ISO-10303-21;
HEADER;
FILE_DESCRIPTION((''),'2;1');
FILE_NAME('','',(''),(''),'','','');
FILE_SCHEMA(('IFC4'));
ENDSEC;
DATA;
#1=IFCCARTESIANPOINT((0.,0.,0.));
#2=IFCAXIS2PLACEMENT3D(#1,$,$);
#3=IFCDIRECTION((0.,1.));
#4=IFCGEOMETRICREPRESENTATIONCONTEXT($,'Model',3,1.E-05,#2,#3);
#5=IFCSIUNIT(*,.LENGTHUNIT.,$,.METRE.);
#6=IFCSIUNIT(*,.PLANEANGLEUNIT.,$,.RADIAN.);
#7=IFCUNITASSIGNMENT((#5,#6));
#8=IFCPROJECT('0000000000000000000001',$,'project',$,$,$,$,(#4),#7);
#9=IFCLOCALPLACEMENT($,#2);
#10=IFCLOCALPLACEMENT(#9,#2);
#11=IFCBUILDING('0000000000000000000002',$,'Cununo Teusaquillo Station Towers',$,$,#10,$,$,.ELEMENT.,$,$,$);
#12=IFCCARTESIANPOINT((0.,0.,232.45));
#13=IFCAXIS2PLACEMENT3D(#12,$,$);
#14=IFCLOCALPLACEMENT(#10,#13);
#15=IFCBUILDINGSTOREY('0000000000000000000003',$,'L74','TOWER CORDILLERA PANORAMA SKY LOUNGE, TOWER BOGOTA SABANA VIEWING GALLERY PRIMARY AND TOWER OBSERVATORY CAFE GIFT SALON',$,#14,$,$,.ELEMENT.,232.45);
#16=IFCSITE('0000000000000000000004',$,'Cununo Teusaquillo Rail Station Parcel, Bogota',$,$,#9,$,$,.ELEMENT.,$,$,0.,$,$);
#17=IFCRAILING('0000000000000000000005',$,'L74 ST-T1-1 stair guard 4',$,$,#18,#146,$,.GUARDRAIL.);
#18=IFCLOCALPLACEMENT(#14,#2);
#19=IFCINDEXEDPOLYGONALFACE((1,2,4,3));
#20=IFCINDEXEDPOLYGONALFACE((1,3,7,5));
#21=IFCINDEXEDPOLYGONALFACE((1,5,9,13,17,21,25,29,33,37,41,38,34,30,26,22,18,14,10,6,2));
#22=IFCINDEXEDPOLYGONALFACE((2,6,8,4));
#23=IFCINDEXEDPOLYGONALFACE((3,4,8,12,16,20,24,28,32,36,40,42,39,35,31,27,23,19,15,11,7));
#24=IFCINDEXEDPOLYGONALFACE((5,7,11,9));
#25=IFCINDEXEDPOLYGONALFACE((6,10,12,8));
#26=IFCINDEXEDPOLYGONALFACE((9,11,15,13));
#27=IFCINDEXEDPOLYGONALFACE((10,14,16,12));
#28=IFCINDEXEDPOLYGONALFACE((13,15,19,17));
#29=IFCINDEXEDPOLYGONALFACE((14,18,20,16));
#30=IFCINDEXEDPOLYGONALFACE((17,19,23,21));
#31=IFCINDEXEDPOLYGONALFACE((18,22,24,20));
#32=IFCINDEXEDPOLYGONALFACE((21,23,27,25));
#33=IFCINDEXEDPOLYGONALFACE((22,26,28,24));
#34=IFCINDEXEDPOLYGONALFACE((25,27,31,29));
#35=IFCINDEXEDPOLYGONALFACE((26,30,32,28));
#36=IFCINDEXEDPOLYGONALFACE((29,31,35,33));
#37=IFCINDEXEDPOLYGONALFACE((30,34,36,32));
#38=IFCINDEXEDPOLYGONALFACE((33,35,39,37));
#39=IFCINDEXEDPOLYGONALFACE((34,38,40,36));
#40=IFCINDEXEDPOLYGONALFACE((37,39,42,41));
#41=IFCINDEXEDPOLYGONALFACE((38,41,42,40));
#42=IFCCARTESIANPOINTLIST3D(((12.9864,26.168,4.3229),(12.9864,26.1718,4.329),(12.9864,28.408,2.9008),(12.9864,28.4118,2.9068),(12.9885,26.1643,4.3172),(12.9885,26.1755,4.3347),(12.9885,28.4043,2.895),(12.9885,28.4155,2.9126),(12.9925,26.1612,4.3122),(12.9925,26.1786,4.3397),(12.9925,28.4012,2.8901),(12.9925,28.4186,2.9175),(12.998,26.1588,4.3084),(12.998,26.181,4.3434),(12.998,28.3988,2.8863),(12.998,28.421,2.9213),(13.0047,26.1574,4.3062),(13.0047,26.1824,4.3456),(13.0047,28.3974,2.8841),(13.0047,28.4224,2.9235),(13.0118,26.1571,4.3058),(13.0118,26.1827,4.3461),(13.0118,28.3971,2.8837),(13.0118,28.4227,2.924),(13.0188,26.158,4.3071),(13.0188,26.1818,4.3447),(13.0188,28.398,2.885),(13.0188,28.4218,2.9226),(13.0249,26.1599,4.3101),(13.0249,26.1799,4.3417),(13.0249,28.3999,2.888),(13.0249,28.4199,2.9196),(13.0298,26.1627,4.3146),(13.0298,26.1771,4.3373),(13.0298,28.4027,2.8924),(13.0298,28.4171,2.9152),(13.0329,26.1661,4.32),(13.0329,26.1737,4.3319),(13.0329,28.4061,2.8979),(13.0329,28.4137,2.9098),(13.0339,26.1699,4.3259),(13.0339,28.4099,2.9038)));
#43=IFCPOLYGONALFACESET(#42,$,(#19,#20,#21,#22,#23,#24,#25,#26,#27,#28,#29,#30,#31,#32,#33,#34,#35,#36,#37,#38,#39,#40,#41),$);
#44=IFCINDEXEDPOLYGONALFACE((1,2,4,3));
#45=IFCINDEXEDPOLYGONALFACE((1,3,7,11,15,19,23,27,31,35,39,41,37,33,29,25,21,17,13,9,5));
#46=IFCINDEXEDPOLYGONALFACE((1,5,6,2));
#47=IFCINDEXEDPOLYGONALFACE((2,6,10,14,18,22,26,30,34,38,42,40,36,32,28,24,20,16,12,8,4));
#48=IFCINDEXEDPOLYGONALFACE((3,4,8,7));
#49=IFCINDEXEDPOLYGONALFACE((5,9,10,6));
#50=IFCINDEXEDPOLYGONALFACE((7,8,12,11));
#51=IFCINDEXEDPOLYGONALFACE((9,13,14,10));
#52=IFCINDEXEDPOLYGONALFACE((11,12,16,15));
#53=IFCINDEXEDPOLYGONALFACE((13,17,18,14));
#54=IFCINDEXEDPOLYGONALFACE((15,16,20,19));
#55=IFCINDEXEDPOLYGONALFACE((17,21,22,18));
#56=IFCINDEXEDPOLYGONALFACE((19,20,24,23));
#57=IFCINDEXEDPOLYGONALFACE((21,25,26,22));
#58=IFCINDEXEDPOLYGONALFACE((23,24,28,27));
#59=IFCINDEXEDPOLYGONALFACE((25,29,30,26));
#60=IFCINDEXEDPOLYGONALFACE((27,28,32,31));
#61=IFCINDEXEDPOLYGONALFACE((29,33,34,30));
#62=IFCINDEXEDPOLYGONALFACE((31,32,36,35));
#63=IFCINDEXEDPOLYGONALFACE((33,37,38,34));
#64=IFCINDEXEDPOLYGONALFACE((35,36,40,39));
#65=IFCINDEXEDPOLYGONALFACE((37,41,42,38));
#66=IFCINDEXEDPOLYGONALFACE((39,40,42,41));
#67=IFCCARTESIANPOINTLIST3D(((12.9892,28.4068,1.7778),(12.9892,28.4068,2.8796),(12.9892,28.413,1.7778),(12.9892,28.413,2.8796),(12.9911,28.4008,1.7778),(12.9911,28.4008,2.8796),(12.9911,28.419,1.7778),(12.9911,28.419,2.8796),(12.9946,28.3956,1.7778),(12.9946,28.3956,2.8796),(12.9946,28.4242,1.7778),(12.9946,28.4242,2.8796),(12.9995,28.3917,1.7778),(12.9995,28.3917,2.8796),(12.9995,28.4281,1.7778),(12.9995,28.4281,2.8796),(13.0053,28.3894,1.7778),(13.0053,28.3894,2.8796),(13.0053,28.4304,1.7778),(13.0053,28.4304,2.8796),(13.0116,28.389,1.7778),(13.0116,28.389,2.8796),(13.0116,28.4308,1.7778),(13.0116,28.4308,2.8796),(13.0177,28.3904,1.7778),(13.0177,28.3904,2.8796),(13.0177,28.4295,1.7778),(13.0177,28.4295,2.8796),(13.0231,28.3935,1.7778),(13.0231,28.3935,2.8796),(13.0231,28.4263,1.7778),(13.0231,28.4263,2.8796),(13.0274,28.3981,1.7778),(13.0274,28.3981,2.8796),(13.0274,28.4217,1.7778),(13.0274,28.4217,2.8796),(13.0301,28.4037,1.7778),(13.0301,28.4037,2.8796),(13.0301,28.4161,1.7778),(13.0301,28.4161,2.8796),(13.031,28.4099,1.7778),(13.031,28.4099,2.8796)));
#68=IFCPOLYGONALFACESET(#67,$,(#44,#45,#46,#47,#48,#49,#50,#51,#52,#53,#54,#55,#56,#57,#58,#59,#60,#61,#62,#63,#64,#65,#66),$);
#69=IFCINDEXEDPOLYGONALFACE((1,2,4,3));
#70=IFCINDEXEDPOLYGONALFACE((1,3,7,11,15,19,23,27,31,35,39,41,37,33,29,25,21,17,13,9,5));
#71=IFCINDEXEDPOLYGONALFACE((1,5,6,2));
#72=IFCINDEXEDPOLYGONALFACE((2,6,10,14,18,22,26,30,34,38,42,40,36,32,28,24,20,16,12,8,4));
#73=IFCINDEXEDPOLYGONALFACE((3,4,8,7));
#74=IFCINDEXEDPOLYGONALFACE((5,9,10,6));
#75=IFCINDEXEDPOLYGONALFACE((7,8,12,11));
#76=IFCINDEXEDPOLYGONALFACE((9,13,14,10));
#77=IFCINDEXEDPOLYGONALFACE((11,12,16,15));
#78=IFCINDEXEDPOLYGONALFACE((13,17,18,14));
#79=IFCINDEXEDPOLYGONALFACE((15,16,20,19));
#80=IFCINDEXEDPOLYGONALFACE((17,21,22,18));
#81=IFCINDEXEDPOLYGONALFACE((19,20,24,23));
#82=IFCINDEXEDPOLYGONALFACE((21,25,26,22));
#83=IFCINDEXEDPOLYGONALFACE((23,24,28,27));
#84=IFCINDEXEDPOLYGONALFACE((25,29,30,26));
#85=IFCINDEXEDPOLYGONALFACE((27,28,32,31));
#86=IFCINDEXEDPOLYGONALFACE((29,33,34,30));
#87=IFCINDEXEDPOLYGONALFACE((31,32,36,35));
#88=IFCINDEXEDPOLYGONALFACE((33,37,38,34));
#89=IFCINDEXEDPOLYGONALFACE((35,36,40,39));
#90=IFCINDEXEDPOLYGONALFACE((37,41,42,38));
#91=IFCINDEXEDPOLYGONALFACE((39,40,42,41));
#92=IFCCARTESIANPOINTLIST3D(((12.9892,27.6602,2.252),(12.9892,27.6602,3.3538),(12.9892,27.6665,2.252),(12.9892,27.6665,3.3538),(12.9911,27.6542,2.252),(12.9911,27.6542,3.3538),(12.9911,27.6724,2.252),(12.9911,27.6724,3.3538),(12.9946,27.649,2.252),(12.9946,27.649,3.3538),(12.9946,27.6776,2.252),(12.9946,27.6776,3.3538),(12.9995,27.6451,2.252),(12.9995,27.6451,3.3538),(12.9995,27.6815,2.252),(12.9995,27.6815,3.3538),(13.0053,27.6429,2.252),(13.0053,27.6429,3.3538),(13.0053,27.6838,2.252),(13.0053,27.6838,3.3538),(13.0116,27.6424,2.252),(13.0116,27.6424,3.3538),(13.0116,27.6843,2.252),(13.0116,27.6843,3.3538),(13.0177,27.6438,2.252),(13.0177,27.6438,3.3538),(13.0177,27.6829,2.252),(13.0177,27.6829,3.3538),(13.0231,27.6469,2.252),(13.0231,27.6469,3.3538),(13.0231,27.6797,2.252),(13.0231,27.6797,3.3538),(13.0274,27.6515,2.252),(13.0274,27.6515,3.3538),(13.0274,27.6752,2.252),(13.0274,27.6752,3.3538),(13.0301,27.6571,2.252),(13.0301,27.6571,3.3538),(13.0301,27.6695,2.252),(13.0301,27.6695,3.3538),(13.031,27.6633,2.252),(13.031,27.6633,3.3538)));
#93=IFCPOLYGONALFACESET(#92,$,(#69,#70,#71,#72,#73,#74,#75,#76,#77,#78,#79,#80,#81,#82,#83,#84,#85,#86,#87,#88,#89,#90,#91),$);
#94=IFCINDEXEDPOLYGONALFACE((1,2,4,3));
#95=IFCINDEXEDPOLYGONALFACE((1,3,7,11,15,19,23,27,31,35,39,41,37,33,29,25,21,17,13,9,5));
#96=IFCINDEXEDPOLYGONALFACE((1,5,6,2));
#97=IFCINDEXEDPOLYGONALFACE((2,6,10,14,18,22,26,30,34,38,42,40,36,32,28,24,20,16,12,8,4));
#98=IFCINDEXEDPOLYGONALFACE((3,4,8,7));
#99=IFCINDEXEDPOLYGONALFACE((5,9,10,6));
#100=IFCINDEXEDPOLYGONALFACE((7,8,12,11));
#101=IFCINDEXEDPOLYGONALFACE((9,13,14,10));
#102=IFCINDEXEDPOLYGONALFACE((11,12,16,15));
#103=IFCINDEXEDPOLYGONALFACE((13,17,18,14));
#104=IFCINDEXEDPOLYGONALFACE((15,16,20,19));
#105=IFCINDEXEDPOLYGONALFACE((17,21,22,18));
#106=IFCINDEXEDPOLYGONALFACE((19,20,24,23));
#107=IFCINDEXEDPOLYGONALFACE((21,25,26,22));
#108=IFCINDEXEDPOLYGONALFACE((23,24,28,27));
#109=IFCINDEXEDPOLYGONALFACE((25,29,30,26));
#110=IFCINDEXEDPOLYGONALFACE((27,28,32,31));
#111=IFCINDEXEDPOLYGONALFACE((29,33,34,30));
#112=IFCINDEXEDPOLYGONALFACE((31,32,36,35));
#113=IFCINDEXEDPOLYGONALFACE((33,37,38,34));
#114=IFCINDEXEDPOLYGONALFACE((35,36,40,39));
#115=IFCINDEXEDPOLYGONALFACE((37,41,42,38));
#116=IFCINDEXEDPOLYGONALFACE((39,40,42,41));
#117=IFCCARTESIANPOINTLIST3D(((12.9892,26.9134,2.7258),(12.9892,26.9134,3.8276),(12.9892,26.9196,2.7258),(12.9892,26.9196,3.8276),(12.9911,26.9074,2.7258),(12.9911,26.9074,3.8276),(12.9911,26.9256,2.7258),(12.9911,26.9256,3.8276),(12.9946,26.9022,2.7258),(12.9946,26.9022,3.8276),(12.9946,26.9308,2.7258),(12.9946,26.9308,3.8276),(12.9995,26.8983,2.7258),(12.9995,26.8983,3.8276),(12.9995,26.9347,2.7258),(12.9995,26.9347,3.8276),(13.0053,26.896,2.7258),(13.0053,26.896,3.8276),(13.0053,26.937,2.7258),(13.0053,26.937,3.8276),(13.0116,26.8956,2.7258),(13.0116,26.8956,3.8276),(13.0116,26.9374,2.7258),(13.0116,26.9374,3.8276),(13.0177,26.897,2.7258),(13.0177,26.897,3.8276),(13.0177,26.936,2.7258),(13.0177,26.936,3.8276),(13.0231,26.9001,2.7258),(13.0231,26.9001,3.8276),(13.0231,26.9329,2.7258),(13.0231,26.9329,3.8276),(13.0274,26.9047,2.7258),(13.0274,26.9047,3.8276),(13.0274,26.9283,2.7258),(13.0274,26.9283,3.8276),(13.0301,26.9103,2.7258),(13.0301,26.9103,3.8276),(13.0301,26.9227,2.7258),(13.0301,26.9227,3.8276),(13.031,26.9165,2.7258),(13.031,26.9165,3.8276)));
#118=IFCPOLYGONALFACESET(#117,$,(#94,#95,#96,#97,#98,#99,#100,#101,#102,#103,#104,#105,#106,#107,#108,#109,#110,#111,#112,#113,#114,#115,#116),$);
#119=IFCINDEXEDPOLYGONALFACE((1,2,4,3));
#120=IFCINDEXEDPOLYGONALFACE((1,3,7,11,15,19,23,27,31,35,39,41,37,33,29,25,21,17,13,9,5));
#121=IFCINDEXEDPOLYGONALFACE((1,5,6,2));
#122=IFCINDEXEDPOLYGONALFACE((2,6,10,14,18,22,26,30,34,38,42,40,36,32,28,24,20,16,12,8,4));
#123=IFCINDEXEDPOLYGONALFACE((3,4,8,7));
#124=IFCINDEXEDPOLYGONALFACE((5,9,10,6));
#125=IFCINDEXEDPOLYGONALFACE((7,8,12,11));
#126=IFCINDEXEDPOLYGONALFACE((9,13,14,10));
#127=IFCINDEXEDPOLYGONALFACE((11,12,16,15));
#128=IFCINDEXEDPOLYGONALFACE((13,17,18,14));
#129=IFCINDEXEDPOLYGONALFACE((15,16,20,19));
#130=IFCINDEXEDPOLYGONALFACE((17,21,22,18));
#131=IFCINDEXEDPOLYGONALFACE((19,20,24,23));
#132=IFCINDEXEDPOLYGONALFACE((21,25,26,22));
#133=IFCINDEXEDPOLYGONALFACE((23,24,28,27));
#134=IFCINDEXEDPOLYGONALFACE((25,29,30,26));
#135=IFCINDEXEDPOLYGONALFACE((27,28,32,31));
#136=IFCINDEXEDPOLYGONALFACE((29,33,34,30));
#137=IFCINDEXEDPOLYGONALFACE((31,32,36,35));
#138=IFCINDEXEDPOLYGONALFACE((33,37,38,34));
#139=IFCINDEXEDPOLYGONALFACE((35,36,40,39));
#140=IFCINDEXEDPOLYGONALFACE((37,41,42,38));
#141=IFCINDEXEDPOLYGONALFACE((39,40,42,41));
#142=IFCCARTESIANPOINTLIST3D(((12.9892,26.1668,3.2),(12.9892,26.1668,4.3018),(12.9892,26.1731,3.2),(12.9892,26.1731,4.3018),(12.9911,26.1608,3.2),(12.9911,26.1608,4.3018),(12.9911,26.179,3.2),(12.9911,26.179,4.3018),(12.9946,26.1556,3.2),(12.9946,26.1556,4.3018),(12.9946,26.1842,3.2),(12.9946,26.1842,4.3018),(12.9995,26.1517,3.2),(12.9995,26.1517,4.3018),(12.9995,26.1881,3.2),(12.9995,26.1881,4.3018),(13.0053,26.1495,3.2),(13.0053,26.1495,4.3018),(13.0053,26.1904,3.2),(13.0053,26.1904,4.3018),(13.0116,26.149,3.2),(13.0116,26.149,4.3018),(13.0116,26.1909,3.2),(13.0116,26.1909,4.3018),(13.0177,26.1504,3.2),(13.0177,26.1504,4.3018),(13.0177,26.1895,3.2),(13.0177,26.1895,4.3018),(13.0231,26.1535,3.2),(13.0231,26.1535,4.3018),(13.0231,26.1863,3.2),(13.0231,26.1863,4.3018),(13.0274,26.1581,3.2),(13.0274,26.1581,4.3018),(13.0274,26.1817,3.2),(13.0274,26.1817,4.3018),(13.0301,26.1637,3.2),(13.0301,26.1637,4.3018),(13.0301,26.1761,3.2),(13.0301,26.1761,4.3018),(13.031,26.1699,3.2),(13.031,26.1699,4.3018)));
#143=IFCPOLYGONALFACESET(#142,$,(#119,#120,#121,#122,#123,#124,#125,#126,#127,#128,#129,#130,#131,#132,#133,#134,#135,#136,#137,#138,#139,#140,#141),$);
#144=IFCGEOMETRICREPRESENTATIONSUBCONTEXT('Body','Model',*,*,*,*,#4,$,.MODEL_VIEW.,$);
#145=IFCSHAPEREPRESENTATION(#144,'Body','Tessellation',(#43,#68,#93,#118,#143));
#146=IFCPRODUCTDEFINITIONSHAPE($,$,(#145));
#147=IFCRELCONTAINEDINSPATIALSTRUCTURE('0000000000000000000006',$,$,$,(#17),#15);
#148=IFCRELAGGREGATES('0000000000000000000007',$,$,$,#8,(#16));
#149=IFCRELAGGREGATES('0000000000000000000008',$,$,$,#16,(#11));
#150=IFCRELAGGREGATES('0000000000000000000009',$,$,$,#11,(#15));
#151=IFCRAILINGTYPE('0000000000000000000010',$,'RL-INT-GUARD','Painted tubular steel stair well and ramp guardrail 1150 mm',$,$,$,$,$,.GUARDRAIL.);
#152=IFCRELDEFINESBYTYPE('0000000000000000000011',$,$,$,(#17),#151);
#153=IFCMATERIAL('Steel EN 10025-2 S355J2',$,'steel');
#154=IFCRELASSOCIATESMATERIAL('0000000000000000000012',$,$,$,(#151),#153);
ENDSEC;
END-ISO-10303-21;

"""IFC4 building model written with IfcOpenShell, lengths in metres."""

from ifc_helpers import new_model, si_unit, direction, frame, origin, origin_2d, place, context, subcontext, project, spatial, circle, extrude, material, type_object, element, save


model = new_model("IFC4")

# Units and contexts
model_context = context("Model", 3, precision=1e-05, world=origin(), true_north=direction((0.0, 1.0)))
body_context = subcontext(model_context, "Body", "Model", "MODEL_VIEW")
ifc_project = project(units=[si_unit("LENGTHUNIT", "METRE"), si_unit("PLANEANGLEUNIT", "RADIAN")], contexts=[model_context])

# Site, building, storey
site_placement = place(None, origin())
site = spatial("IfcSite", under=ifc_project, at=site_placement, Name="Cununo Teusaquillo Rail Station Parcel, Bogota", CompositionType="ELEMENT", RefElevation=0.0)
building_placement = place(site_placement, origin())
building = spatial("IfcBuilding", under=site, at=building_placement, Name="Cununo Teusaquillo Station Towers", CompositionType="ELEMENT")
storey_placement = place(building_placement, frame((0.0, 0.0, 232.45)))
storey = spatial("IfcBuildingStorey", under=building, at=storey_placement, Name="L74", Description="TOWER CORDILLERA PANORAMA SKY LOUNGE, TOWER BOGOTA SABANA VIEWING GALLERY PRIMARY AND TOWER OBSERVATORY CAFE GIFT SALON", CompositionType="ELEMENT", Elevation=232.45)

# Railing
ifc_material_1 = material(Name="Steel EN 10025-2 S355J2", Category="steel")
railing_type_1 = type_object("IfcRailingType", Name="RL-INT-GUARD", Description="Painted tubular steel stair well and ramp guardrail 1150 mm", PredefinedType="GUARDRAIL", material=ifc_material_1)
railing_1_placement = place(storey_placement, frame((13.01, 28.4099, 1.7778)))
element("IfcRailing", 1, at=railing_1_placement, inside=storey, type_object=railing_type_1, Name="L74 ST-T1-1 stair guard 4", PredefinedType="GUARDRAIL", context=body_context, shape_type="SweptSolid", body=[
    extrude(circle(Radius=0.0239, at=origin_2d()), frame((0.0, 0.0, 1.126), z_axis=(0.0, -0.844229, 0.535982), x_axis=(1.0, 0.0, 0.0)), (0.0, 0.0, 1.0), 2.6533),
    extrude(circle(Radius=0.021, at=origin_2d()), origin(), (0.0, 0.0, 1.0), 1.1018),
    extrude(circle(Radius=0.021, at=origin_2d()), frame((0.0, -0.7466, 0.4741)), (0.0, 0.0, 1.0), 1.1018),
    extrude(circle(Radius=0.021, at=origin_2d()), frame((0.0, -1.4934, 0.948)), (0.0, 0.0, 1.0), 1.1018),
    extrude(circle(Radius=0.021, at=origin_2d()), frame((0.0, -2.24, 1.4221)), (0.0, 0.0, 1.0), 1.1018),
])

save(model, "model.ifc")
